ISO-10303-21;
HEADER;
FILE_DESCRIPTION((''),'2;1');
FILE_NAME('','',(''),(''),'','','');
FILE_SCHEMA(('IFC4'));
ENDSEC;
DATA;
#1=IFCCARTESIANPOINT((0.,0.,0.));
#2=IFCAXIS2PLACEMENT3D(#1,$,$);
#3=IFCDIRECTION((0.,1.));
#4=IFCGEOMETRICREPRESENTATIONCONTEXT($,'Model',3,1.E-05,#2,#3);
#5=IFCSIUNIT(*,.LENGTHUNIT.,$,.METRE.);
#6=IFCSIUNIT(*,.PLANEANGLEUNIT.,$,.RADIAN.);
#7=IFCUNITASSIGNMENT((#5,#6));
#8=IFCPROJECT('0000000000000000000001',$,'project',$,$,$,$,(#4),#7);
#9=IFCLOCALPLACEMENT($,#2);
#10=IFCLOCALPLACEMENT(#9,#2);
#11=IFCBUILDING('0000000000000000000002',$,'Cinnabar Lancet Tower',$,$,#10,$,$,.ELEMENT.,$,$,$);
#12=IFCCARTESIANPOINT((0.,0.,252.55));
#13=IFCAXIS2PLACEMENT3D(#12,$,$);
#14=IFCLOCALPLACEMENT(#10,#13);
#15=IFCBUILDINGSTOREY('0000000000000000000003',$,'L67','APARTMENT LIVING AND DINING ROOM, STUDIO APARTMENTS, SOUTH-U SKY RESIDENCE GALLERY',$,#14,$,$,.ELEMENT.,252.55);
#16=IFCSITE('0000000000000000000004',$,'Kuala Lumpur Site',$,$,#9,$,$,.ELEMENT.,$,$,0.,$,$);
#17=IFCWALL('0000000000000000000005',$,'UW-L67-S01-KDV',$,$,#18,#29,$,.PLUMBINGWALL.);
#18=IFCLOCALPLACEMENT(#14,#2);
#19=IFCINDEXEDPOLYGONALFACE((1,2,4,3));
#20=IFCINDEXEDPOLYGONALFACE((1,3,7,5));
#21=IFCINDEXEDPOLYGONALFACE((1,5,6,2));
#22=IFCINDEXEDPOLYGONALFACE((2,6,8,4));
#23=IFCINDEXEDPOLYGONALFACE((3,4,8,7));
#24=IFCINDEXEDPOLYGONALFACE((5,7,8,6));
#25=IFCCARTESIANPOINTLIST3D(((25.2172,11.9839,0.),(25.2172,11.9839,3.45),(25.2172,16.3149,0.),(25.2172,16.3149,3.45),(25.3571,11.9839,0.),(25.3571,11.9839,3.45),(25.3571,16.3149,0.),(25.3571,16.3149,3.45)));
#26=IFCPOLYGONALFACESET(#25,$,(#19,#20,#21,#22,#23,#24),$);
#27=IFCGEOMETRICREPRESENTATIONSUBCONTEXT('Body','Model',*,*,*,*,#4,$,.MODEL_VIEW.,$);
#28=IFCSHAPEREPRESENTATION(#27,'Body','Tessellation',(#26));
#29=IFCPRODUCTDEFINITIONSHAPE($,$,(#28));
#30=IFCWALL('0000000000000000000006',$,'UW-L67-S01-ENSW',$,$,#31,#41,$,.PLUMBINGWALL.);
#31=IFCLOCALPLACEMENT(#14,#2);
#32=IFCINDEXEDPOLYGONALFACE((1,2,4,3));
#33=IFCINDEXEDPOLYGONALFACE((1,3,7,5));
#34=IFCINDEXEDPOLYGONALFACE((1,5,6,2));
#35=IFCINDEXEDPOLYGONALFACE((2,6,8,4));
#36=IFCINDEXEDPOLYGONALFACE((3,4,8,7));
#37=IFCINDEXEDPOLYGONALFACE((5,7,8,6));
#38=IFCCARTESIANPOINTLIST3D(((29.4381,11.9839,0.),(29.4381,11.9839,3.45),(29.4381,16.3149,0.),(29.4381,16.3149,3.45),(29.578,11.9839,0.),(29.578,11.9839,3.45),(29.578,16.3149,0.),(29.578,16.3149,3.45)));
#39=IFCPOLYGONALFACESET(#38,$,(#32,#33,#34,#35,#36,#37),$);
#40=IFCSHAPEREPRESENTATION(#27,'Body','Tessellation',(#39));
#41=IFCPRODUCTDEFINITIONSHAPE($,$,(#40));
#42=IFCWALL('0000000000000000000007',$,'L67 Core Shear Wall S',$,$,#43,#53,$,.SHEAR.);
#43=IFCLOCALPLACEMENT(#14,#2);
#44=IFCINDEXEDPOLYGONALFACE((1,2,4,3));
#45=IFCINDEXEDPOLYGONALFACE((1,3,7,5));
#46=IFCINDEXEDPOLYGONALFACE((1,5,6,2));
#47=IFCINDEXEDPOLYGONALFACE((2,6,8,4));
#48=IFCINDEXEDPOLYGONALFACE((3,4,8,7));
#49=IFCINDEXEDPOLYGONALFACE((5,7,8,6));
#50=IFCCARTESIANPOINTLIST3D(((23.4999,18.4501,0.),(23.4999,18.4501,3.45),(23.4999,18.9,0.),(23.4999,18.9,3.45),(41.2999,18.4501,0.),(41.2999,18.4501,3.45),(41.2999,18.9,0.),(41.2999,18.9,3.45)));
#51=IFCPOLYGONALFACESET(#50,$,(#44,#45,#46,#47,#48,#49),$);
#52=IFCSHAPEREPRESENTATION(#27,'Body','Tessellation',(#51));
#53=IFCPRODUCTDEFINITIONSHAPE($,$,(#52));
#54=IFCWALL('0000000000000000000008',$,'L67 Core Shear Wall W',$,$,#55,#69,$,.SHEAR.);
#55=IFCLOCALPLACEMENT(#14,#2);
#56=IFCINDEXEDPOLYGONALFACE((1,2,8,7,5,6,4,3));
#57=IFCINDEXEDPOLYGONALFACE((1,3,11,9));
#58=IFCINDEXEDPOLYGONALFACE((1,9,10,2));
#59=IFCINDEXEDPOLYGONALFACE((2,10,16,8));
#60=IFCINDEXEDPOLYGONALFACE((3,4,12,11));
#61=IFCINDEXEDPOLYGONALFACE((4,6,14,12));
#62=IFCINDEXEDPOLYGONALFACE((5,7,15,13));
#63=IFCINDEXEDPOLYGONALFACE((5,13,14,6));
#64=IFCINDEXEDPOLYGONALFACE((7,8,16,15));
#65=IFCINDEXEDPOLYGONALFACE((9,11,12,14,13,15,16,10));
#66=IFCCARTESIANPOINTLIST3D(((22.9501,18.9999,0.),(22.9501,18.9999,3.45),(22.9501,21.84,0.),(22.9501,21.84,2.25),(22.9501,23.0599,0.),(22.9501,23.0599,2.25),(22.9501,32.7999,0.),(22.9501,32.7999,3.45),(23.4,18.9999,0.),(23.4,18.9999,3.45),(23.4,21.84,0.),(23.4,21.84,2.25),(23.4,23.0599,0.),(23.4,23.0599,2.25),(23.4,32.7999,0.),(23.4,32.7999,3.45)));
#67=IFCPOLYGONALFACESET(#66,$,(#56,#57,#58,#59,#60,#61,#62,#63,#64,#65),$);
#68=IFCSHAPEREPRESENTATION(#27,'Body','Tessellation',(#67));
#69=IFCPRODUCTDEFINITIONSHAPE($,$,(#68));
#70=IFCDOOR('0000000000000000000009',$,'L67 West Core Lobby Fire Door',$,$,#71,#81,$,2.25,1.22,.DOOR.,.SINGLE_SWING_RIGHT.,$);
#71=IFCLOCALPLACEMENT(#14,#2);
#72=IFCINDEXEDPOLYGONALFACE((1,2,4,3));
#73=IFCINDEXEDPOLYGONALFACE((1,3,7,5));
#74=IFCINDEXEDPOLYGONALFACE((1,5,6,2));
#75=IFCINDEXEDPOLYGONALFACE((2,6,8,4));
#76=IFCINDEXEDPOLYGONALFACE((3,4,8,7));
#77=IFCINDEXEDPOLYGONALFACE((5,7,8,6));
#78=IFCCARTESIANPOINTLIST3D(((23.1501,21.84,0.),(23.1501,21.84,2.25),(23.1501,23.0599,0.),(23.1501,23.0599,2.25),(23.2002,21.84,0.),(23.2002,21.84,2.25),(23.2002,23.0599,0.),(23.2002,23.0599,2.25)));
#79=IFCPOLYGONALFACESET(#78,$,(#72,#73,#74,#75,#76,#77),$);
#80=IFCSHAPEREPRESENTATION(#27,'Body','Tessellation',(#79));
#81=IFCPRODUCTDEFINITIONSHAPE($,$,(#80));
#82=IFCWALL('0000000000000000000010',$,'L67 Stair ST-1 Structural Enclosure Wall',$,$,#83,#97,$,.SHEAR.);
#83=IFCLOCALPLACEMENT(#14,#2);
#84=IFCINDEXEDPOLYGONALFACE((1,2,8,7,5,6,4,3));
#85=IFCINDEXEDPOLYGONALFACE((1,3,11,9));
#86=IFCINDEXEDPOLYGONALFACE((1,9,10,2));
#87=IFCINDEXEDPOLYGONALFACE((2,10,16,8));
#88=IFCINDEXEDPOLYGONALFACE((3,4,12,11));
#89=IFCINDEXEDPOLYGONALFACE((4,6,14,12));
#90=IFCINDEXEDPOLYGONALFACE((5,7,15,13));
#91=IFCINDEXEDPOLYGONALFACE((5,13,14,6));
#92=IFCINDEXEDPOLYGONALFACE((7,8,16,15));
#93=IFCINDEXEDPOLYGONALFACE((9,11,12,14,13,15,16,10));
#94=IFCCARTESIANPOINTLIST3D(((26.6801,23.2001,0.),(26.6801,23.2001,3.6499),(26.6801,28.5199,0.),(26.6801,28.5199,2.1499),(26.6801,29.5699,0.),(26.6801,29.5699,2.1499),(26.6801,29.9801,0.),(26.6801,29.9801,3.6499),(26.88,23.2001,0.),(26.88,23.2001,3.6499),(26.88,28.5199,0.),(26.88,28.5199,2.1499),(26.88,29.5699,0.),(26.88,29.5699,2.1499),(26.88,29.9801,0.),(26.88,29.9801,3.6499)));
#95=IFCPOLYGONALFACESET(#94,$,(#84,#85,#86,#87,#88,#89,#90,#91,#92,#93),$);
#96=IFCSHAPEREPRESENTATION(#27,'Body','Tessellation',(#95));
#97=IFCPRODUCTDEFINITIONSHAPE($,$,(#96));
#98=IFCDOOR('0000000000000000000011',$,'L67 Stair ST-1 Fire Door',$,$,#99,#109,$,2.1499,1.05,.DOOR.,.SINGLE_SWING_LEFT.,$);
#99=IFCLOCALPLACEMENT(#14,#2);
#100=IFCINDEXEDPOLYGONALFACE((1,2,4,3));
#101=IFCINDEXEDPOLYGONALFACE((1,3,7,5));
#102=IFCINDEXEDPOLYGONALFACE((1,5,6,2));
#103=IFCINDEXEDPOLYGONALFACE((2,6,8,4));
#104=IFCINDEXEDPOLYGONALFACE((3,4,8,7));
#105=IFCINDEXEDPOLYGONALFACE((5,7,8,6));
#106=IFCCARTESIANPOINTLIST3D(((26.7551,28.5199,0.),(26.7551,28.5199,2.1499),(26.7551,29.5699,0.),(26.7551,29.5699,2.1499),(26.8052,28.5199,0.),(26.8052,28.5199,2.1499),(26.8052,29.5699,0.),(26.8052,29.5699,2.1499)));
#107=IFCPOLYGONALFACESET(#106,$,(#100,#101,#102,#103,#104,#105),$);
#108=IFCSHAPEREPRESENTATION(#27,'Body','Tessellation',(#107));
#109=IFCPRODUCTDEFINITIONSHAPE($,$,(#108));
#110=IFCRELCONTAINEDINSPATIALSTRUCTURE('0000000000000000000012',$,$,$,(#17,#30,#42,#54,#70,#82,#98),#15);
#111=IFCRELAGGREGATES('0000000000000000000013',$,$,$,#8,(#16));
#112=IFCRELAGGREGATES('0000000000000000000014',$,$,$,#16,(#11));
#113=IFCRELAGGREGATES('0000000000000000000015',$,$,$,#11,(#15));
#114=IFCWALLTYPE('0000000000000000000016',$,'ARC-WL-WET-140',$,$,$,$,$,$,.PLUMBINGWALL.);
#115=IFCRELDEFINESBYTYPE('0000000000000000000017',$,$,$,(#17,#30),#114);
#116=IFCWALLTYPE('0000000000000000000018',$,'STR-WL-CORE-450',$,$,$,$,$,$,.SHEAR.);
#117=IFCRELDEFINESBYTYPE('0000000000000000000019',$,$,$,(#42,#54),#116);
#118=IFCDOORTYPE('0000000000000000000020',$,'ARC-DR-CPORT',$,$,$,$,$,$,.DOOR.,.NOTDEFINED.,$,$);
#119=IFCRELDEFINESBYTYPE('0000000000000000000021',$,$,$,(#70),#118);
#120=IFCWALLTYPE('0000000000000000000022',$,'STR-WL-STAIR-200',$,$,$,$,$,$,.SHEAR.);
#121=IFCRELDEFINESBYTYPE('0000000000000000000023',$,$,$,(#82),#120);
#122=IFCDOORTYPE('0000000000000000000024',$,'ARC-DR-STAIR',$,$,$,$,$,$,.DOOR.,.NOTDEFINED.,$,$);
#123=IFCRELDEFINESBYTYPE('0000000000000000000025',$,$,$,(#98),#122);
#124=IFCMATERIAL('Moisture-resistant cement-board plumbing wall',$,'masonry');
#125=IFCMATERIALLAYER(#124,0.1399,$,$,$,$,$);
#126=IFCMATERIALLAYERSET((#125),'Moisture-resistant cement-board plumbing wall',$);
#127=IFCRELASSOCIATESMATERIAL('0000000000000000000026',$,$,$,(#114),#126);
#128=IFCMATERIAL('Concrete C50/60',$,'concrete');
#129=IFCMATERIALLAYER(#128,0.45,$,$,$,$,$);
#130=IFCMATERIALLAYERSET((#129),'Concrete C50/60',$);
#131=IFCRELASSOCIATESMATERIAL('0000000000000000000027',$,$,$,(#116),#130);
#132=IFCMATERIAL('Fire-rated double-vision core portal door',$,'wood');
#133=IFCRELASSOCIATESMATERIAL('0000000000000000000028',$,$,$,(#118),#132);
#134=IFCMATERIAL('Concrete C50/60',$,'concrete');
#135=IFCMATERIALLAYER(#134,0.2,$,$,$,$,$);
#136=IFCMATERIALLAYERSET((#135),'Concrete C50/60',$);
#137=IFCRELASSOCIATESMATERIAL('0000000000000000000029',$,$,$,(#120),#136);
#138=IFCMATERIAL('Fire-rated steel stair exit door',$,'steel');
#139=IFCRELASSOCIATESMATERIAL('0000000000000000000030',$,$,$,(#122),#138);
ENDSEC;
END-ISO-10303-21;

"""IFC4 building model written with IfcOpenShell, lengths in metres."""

from ifc_helpers import new_model, si_unit, direction, frame, frame_2d, origin, place, context, subcontext, project, spatial, rectangle, extrude, material, layer, layer_set, type_object, element, fill, save


model = new_model("IFC4")

# Units and contexts
model_context = context("Model", 3, precision=1e-05, world=origin(), true_north=direction((0.0, 1.0)))
body_context = subcontext(model_context, "Body", "Model", "MODEL_VIEW")
ifc_project = project(units=[si_unit("LENGTHUNIT", "METRE"), si_unit("PLANEANGLEUNIT", "RADIAN")], contexts=[model_context])

# Site, building, storey
site_placement = place(None, origin())
site = spatial("IfcSite", under=ifc_project, at=site_placement, Name="Kuala Lumpur Site", CompositionType="ELEMENT", RefElevation=0.0)
building_placement = place(site_placement, origin())
building = spatial("IfcBuilding", under=site, at=building_placement, Name="Cinnabar Lancet Tower", CompositionType="ELEMENT")
storey_placement = place(building_placement, frame((0.0, 0.0, 252.55)))
storey = spatial("IfcBuildingStorey", under=building, at=storey_placement, Name="L67", Description="APARTMENT LIVING AND DINING ROOM, STUDIO APARTMENTS, SOUTH-U SKY RESIDENCE GALLERY", CompositionType="ELEMENT", Elevation=252.55)

# Walls
ifc_material_1 = material(Name="Moisture-resistant cement-board plumbing wall", Category="masonry")
ifc_layer_1 = layer(ifc_material_1, 0.1399)
ifc_layer_set_1 = layer_set([ifc_layer_1], Name="Moisture-resistant cement-board plumbing wall")
wall_type_1 = type_object("IfcWallType", Name="ARC-WL-WET-140", PredefinedType="PLUMBINGWALL", material=ifc_layer_set_1)
for number, where, z_axis, x_axis, name in (
    (1, (25.2871, 11.9839, 0.0), (0.0, 0.0, 1.0), (0.0, 1.0, 0.0), "UW-L67-S01-KDV"),
    (2, (29.5081, 11.9839, 0.0), (0.0, 0.0, 1.0), (0.0, 1.0, 0.0), "UW-L67-S01-ENSW"),
):
    element("IfcWall", number, at=place(storey_placement, frame(where, z_axis=z_axis, x_axis=x_axis)), inside=storey, type_object=wall_type_1, Name=name, PredefinedType="PLUMBINGWALL", context=body_context, shape_type="SweptSolid", body=[
        extrude(rectangle(XDim=4.3311, YDim=0.1399, at=frame_2d((2.1655, 0.0))), origin(), (0.0, 0.0, 1.0), 3.45),
    ])
ifc_material_2 = material(Name="Concrete C50/60", Category="concrete")
ifc_layer_2 = layer(ifc_material_2, 0.45)
ifc_layer_set_2 = layer_set([ifc_layer_2], Name="Concrete C50/60")
wall_type_2 = type_object("IfcWallType", Name="STR-WL-CORE-450", PredefinedType="SHEAR", material=ifc_layer_set_2)
wall_1_placement = place(storey_placement, frame((23.5, 18.675, 0.0), z_axis=(0.0, 0.0, 1.0), x_axis=(1.0, 0.0, 0.0)))
element("IfcWall", 3, at=wall_1_placement, inside=storey, type_object=wall_type_2, Name="L67 Core Shear Wall S", PredefinedType="SHEAR", context=body_context, shape_type="SweptSolid", body=[
    extrude(rectangle(XDim=17.8, YDim=0.45, at=frame_2d((8.8999, 0.0))), origin(), (0.0, 0.0, 1.0), 3.45),
])

# Walls, openings, doors
wall_2_placement = place(storey_placement, frame((23.175, 19.0, 0.0), z_axis=(0.0, 0.0, 1.0), x_axis=(0.0, 1.0, 0.0)))
wall_2 = element("IfcWall", 4, at=wall_2_placement, inside=storey, type_object=wall_type_2, Name="L67 Core Shear Wall W", PredefinedType="SHEAR", context=body_context, shape_type="SweptSolid", body=[
    extrude(rectangle(XDim=13.8, YDim=0.45, at=frame_2d((6.8999, 0.0))), origin(), (0.0, 0.0, 1.0), 3.45),
])
opening_1_placement = place(wall_2_placement, frame((2.8401, 0.0, 0.0)))
opening_1 = element("IfcOpeningElement", 5, at=opening_1_placement, cuts=wall_2, PredefinedType="OPENING", context=body_context, shape_type="SweptSolid", body=[
    extrude(rectangle(XDim=1.22, YDim=2.25, at=frame_2d((0.6099, 1.125))), frame((0.0, 0.2349, 0.0), z_axis=(0.0, -1.0, 0.0), x_axis=(1.0, 0.0, 0.0)), (0.0, 0.0, 1.0), 0.47),
])
ifc_material_3 = material(Name="Fire-rated double-vision core portal door", Category="wood")
door_type_1 = type_object("IfcDoorType", Name="ARC-DR-CPORT", OperationType="NOTDEFINED", PredefinedType="DOOR", material=ifc_material_3)
door_1_placement = place(opening_1_placement, origin())
door_1 = element("IfcDoor", 6, at=door_1_placement, inside=storey, type_object=door_type_1, Name="L67 West Core Lobby Fire Door", OperationType="SINGLE_SWING_RIGHT", OverallHeight=2.25, OverallWidth=1.22, PredefinedType="DOOR", context=body_context, shape_type="SweptSolid", body=[
    extrude(rectangle(XDim=1.22, YDim=2.25, at=frame_2d((0.6099, 1.125))), frame((0.0, 0.0249, 0.0), z_axis=(0.0, -1.0, 0.0), x_axis=(1.0, 0.0, 0.0)), (0.0, 0.0, 1.0), 0.05),
])
fill(opening_1, door_1)
ifc_material_4 = material(Name="Concrete C50/60", Category="concrete")
ifc_layer_3 = layer(ifc_material_4, 0.2)
ifc_layer_set_3 = layer_set([ifc_layer_3], Name="Concrete C50/60")
wall_type_3 = type_object("IfcWallType", Name="STR-WL-STAIR-200", PredefinedType="SHEAR", material=ifc_layer_set_3)
wall_3_placement = place(storey_placement, frame((26.78, 23.2, 0.0), z_axis=(0.0, 0.0, 1.0), x_axis=(0.0, 1.0, 0.0)))
wall_3 = element("IfcWall", 7, at=wall_3_placement, inside=storey, type_object=wall_type_3, Name="L67 Stair ST-1 Structural Enclosure Wall", PredefinedType="SHEAR", context=body_context, shape_type="SweptSolid", body=[
    extrude(rectangle(XDim=6.78, YDim=0.2, at=frame_2d((3.3901, 0.0))), origin(), (0.0, 0.0, 1.0), 3.6499),
])
opening_2_placement = place(wall_3_placement, frame((5.3201, 0.0, 0.0)))
opening_2 = element("IfcOpeningElement", 8, at=opening_2_placement, cuts=wall_3, PredefinedType="OPENING", context=body_context, shape_type="SweptSolid", body=[
    extrude(rectangle(XDim=1.05, YDim=2.1499, at=frame_2d((0.5249, 1.075))), frame((0.0, 0.1099, 0.0), z_axis=(0.0, -1.0, 0.0), x_axis=(1.0, 0.0, 0.0)), (0.0, 0.0, 1.0), 0.22),
])
ifc_material_5 = material(Name="Fire-rated steel stair exit door", Category="steel")
door_type_2 = type_object("IfcDoorType", Name="ARC-DR-STAIR", OperationType="NOTDEFINED", PredefinedType="DOOR", material=ifc_material_5)
door_2_placement = place(opening_2_placement, origin())
door_2 = element("IfcDoor", 9, at=door_2_placement, inside=storey, type_object=door_type_2, Name="L67 Stair ST-1 Fire Door", OperationType="SINGLE_SWING_LEFT", OverallHeight=2.1499, OverallWidth=1.05, PredefinedType="DOOR", context=body_context, shape_type="SweptSolid", body=[
    extrude(rectangle(XDim=1.05, YDim=2.1499, at=frame_2d((0.5249, 1.075))), frame((0.0, 0.0249, 0.0), z_axis=(0.0, -1.0, 0.0), x_axis=(1.0, 0.0, 0.0)), (0.0, 0.0, 1.0), 0.05),
])
fill(opening_2, door_2)

save(model, "model.ifc")
